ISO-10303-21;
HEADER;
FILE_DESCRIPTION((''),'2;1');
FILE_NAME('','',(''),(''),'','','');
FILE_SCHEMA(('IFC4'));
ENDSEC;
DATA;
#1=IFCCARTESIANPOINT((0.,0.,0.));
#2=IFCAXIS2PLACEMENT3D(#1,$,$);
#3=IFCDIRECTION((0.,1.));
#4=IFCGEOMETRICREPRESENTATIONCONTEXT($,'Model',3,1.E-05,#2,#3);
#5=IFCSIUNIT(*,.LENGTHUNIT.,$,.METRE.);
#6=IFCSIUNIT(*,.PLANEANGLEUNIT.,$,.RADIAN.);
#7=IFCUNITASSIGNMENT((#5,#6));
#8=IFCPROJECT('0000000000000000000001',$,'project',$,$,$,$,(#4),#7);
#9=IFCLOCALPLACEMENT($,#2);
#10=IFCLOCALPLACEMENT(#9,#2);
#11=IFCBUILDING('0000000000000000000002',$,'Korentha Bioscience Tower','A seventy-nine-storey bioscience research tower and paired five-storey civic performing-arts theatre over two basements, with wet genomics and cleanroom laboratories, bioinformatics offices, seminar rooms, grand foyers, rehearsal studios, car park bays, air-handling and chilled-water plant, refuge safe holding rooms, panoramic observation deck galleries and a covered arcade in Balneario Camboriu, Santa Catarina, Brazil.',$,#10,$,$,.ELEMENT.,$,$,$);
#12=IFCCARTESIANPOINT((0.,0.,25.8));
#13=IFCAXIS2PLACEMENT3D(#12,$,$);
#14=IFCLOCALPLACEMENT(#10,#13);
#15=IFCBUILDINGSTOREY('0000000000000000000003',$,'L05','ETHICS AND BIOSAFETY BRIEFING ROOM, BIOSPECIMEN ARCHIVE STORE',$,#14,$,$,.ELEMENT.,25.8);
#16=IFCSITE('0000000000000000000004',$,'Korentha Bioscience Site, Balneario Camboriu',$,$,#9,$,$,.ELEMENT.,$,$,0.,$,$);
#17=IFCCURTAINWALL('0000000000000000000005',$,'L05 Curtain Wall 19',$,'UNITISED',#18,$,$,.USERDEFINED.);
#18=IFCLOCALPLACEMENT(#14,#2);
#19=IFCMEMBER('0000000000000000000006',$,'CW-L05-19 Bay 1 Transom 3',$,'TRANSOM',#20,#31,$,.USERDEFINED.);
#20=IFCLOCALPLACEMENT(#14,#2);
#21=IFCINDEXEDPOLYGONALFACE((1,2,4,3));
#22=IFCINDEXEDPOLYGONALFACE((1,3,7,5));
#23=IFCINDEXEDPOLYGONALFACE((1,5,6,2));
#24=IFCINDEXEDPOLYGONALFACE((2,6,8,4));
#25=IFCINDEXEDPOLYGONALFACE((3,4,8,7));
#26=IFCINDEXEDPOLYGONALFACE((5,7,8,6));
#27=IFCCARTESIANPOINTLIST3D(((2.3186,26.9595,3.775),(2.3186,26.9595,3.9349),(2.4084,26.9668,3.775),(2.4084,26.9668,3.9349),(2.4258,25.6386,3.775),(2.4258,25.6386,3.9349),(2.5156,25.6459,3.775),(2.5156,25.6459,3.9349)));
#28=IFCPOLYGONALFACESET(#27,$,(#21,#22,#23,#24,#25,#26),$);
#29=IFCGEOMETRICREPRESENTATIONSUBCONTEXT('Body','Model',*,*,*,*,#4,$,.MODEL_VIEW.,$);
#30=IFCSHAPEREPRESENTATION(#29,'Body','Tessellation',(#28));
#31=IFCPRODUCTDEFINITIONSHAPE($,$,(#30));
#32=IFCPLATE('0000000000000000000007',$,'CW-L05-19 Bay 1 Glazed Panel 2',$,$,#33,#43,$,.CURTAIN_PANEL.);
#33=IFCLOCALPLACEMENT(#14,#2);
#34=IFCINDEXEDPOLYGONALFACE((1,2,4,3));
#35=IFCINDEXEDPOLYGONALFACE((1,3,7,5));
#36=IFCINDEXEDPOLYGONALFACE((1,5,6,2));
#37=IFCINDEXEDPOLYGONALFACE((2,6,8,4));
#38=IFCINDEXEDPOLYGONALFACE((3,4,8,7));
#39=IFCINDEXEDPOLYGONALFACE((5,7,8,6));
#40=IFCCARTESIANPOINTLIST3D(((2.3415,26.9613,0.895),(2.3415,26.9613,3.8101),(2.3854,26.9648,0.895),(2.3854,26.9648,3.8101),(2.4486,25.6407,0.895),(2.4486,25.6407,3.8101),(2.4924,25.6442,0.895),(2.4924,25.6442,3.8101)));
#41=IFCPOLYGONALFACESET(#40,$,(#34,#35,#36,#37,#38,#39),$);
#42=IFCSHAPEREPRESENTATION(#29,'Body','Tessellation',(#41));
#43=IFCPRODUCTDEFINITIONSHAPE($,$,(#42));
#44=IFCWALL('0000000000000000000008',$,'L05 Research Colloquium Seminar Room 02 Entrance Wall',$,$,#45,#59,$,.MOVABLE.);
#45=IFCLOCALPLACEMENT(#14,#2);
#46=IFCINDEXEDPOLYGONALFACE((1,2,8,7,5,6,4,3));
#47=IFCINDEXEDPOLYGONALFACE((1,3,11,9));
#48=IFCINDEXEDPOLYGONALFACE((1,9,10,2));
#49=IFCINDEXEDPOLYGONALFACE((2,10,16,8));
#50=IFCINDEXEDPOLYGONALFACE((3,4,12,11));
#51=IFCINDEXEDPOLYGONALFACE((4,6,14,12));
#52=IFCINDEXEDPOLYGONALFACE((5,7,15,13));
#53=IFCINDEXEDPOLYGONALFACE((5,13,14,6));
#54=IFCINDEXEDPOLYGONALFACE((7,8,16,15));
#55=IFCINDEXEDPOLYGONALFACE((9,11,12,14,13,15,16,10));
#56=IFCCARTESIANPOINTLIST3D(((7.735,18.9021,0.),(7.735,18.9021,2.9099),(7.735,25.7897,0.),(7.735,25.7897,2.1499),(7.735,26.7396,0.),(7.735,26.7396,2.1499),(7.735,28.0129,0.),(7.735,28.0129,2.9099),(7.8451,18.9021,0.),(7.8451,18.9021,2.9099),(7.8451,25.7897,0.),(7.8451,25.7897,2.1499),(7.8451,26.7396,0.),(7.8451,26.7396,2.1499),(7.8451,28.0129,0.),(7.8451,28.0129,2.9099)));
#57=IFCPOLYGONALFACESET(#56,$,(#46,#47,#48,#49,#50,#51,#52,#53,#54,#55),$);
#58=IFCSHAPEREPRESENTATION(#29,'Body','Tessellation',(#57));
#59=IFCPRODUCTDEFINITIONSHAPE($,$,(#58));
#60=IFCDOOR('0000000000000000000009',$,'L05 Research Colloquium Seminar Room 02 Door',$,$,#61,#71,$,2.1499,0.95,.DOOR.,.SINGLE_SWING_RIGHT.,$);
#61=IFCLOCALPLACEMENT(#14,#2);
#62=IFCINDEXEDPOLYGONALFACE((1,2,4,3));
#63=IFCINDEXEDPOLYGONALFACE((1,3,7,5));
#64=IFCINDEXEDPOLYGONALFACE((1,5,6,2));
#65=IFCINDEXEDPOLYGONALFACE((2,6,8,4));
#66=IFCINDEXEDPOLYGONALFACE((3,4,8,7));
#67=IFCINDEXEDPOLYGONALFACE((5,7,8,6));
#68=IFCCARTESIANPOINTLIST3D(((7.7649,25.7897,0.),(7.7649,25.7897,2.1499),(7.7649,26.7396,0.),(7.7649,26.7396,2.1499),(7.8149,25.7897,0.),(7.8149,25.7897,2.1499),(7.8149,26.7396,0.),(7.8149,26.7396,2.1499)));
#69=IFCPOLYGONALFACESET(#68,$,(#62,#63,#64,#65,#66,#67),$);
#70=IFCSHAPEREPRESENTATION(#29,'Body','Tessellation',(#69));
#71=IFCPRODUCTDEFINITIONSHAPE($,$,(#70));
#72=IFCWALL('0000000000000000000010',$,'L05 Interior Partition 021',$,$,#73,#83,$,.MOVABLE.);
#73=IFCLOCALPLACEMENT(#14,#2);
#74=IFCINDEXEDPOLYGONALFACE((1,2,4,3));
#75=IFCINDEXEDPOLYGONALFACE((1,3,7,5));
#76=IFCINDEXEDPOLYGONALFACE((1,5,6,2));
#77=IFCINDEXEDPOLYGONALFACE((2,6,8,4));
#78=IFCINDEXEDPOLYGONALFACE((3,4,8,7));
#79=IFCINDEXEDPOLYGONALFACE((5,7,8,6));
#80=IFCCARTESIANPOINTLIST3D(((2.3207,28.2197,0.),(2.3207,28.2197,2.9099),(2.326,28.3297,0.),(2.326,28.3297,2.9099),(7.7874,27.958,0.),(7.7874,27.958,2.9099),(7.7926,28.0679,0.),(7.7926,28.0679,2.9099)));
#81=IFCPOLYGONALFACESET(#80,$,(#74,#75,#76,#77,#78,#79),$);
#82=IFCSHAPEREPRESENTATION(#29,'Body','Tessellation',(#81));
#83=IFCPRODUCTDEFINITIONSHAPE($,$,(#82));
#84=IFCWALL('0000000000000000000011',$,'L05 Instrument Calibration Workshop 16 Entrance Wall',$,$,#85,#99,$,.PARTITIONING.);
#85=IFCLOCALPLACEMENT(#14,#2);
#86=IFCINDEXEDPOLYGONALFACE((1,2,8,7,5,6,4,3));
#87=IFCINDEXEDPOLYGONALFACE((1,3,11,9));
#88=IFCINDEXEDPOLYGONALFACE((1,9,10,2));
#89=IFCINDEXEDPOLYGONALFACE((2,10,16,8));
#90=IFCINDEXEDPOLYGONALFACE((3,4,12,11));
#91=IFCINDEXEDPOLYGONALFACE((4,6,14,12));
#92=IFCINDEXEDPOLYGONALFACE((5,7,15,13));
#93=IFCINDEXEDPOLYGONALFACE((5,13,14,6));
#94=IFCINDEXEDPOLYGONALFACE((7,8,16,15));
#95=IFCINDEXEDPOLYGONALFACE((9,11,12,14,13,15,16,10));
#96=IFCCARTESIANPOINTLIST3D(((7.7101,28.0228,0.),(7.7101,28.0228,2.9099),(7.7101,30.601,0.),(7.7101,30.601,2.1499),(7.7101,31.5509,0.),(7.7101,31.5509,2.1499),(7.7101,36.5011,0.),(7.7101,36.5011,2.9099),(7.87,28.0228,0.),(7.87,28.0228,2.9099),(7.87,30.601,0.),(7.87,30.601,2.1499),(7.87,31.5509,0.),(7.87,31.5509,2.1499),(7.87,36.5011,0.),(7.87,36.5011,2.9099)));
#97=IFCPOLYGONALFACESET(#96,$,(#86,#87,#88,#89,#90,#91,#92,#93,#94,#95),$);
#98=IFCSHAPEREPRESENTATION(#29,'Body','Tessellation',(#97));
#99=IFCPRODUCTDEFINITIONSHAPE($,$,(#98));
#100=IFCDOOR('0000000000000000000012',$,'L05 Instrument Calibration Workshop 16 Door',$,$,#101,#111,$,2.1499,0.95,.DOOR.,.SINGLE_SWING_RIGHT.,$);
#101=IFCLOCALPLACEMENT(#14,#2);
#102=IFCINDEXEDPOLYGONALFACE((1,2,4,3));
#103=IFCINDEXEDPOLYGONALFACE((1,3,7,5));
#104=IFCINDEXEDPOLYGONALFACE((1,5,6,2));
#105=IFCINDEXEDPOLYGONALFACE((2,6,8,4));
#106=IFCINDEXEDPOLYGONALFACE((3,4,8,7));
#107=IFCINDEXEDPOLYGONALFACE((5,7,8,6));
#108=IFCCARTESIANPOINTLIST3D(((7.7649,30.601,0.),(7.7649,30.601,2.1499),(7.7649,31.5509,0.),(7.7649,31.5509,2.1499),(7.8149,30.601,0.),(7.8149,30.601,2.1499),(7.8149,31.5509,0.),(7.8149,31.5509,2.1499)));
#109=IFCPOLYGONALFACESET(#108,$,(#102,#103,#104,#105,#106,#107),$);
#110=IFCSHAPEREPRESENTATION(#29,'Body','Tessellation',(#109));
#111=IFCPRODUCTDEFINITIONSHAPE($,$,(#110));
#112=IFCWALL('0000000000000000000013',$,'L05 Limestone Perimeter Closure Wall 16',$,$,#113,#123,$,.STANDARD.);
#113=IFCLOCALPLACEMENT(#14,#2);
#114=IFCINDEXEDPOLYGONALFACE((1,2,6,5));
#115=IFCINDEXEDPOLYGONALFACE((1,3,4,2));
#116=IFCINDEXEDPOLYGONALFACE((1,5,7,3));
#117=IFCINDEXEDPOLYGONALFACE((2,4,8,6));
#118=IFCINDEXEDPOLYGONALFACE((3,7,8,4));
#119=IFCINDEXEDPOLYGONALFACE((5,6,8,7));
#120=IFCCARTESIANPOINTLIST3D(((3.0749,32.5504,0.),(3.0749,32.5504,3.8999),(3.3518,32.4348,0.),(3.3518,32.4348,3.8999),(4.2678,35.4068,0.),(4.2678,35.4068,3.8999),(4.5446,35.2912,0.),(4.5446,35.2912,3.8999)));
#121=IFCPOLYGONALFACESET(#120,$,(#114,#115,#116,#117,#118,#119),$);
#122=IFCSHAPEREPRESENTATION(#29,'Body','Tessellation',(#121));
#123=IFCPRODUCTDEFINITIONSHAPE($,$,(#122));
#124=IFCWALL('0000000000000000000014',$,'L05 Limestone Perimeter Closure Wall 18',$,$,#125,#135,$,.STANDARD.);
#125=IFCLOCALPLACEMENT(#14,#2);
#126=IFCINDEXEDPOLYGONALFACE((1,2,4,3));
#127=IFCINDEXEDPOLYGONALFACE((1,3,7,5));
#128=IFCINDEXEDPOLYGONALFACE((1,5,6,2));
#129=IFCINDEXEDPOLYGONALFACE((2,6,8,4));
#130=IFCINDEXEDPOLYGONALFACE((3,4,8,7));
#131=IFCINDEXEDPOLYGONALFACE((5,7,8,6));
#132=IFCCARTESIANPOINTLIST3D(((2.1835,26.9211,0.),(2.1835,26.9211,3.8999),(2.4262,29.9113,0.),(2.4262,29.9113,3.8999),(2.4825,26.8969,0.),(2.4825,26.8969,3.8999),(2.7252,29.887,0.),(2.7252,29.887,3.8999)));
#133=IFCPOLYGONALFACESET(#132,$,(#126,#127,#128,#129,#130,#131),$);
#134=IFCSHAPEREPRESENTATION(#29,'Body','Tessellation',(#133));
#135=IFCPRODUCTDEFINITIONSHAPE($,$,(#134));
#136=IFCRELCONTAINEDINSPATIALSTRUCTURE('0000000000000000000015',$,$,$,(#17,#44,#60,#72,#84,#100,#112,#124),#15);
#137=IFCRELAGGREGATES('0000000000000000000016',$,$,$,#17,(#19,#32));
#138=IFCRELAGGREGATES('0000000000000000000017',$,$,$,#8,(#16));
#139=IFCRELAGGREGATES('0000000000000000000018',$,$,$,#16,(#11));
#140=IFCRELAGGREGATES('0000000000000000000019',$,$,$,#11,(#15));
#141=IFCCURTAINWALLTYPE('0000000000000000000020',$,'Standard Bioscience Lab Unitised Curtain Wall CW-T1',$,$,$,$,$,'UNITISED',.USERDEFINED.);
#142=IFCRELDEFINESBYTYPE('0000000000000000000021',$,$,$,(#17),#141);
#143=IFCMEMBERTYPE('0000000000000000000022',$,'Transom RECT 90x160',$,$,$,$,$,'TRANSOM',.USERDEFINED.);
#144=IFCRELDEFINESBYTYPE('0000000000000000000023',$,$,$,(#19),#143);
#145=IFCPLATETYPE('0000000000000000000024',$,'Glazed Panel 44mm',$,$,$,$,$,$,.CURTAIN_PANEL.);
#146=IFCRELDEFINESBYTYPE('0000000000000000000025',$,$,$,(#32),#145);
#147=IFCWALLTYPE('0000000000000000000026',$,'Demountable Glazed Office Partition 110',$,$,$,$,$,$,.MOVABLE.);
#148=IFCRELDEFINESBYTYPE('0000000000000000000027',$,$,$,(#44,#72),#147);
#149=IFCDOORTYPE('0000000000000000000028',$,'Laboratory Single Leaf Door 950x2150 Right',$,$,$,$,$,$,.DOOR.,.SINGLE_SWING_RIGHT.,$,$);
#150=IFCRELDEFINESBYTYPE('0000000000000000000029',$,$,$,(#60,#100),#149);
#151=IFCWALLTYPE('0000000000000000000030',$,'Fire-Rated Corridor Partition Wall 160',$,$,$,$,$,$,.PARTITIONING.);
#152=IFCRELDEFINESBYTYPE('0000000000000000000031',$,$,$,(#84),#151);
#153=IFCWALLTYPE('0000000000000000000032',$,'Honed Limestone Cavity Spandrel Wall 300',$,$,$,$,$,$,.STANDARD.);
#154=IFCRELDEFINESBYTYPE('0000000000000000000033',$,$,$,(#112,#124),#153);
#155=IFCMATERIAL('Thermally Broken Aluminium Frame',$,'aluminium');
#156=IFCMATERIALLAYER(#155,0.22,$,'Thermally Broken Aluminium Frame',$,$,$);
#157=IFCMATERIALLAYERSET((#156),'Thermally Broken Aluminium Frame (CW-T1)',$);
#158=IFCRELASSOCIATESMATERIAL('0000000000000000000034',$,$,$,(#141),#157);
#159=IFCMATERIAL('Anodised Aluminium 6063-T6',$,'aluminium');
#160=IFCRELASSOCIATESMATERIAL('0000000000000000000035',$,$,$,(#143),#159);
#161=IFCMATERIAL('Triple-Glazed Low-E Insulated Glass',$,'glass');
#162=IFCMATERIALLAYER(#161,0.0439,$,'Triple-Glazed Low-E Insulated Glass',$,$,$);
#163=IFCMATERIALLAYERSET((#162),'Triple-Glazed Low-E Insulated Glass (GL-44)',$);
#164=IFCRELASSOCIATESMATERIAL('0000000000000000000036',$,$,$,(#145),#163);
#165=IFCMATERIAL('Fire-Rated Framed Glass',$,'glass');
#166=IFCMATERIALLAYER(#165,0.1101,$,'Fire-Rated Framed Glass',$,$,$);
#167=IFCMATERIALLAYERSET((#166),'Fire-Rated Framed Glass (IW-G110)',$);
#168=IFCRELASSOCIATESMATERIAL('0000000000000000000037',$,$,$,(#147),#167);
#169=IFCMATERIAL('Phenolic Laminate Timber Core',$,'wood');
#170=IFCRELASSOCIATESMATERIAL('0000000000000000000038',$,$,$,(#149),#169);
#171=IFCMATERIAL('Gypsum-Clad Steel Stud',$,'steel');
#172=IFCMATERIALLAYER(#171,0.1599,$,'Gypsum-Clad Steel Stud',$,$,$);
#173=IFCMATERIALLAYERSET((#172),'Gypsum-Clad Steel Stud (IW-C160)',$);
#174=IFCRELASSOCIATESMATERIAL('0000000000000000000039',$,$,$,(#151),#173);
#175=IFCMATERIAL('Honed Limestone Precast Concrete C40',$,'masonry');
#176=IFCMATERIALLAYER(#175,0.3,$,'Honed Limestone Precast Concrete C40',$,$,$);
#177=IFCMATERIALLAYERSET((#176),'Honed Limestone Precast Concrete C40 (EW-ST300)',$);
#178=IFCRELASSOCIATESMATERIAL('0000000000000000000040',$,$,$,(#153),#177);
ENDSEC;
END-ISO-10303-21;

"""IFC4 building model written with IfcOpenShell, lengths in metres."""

from ifc_helpers import new_model, si_unit, direction, frame, frame_2d, origin, origin_2d, place, context, subcontext, project, spatial, rectangle, extrude, material, layer, layer_set, material_profile, profile_set, type_object, element, fill, aggregate, save


model = new_model("IFC4")

# Units and contexts
model_context = context("Model", 3, precision=1e-05, world=origin(), true_north=direction((0.0, 1.0)))
body_context = subcontext(model_context, "Body", "Model", "MODEL_VIEW")
ifc_project = project(units=[si_unit("LENGTHUNIT", "METRE"), si_unit("PLANEANGLEUNIT", "RADIAN")], contexts=[model_context])

# Site, building, storey
site_placement = place(None, origin())
site = spatial("IfcSite", under=ifc_project, at=site_placement, Name="Korentha Bioscience Site, Balneario Camboriu", CompositionType="ELEMENT", RefElevation=0.0)
building_placement = place(site_placement, origin())
building = spatial("IfcBuilding", under=site, at=building_placement, Name="Korentha Bioscience Tower", Description="A seventy-nine-storey bioscience research tower and paired five-storey civic performing-arts theatre over two basements, with wet genomics and cleanroom laboratories, bioinformatics offices, seminar rooms, grand foyers, rehearsal studios, car park bays, air-handling and chilled-water plant, refuge safe holding rooms, panoramic observation deck galleries and a covered arcade in Balneario Camboriu, Santa Catarina, Brazil.", CompositionType="ELEMENT")
storey_placement = place(building_placement, frame((0.0, 0.0, 25.8)))
storey = spatial("IfcBuildingStorey", under=building, at=storey_placement, Name="L05", Description="ETHICS AND BIOSAFETY BRIEFING ROOM, BIOSPECIMEN ARCHIVE STORE", CompositionType="ELEMENT", Elevation=25.8)

# Curtain wall
ifc_material_1 = material(Name="Thermally Broken Aluminium Frame", Category="aluminium")
ifc_layer_1 = layer(ifc_material_1, 0.22, Name="Thermally Broken Aluminium Frame")
ifc_layer_set_1 = layer_set([ifc_layer_1], Name="Thermally Broken Aluminium Frame (CW-T1)")
curtain_wall_type = type_object("IfcCurtainWallType", Name="Standard Bioscience Lab Unitised Curtain Wall CW-T1", ElementType="UNITISED", PredefinedType="USERDEFINED", material=ifc_layer_set_1)
curtain_wall_placement = place(storey_placement, origin())
curtain_wall = element("IfcCurtainWall", 1, at=curtain_wall_placement, inside=storey, type_object=curtain_wall_type, Name="L05 Curtain Wall 19", ObjectType="UNITISED", PredefinedType="USERDEFINED")
ifc_material_2 = material(Name="Anodised Aluminium 6063-T6", Category="aluminium")

# Member
ifc_material_profile_1 = material_profile(ifc_material_2, rectangle(XDim=0.0901, YDim=0.1599, at=origin_2d()), Name="Anodised Aluminium 6063-T6")
ifc_profile_set_1 = profile_set([ifc_material_profile_1], Name="Anodised Aluminium 6063-T6 (CW-TRN)")
member_type_1 = type_object("IfcMemberType", Name="Transom RECT 90x160", ElementType="TRANSOM", PredefinedType="USERDEFINED", material=ifc_profile_set_1)
member_1_placement = place(storey_placement, frame((2.3635, 26.9631, 3.855), z_axis=(0.08088, -0.996724, 0.0), x_axis=(0.996724, 0.08088, 0.0)))
member_1 = element("IfcMember", 2, at=member_1_placement, type_object=member_type_1, Name="CW-L05-19 Bay 1 Transom 3", ObjectType="TRANSOM", PredefinedType="USERDEFINED", context=body_context, shape_type="SweptSolid", body=[
    extrude(rectangle(XDim=0.0901, YDim=0.1599, at=origin_2d()), origin(), (0.0, 0.0, 1.0), 1.3252),
])

# Plate
ifc_material_3 = material(Name="Triple-Glazed Low-E Insulated Glass", Category="glass")
ifc_layer_2 = layer(ifc_material_3, 0.0439, Name="Triple-Glazed Low-E Insulated Glass")
ifc_layer_set_2 = layer_set([ifc_layer_2], Name="Triple-Glazed Low-E Insulated Glass (GL-44)")
plate_type = type_object("IfcPlateType", Name="Glazed Panel 44mm", PredefinedType="CURTAIN_PANEL", material=ifc_layer_set_2)
plate_placement = place(storey_placement, frame((2.417, 26.3027, 0.895), z_axis=(0.0, 0.0, 1.0), x_axis=(0.08082, -0.996729, 0.0)))
plate = element("IfcPlate", 3, at=plate_placement, type_object=plate_type, Name="CW-L05-19 Bay 1 Glazed Panel 2", PredefinedType="CURTAIN_PANEL", context=body_context, shape_type="SweptSolid", body=[
    extrude(rectangle(XDim=1.325, YDim=0.0439, at=origin_2d()), origin(), (0.0, 0.0, 1.0), 2.915),
])
aggregate(curtain_wall, [member_1, plate])

# Wall, opening, door
ifc_material_4 = material(Name="Fire-Rated Framed Glass", Category="glass")
ifc_layer_3 = layer(ifc_material_4, 0.1101, Name="Fire-Rated Framed Glass")
ifc_layer_set_3 = layer_set([ifc_layer_3], Name="Fire-Rated Framed Glass (IW-G110)")
wall_type_1 = type_object("IfcWallType", Name="Demountable Glazed Office Partition 110", PredefinedType="MOVABLE", material=ifc_layer_set_3)
wall_1_placement = place(storey_placement, frame((7.79, 28.0129, 0.0), z_axis=(0.0, 0.0, 1.0), x_axis=(0.0, -1.0, 0.0)))
wall_1 = element("IfcWall", 4, at=wall_1_placement, inside=storey, type_object=wall_type_1, Name="L05 Research Colloquium Seminar Room 02 Entrance Wall", PredefinedType="MOVABLE", context=body_context, shape_type="SweptSolid", body=[
    extrude(rectangle(XDim=9.1108, YDim=0.1101, at=frame_2d((4.5554, 0.0))), origin(), (0.0, 0.0, 1.0), 2.9099),
])
opening_1_placement = place(wall_1_placement, frame((1.2732, 0.0, 0.0)))
opening_1 = element("IfcOpeningElement", 5, at=opening_1_placement, cuts=wall_1, PredefinedType="OPENING", context=body_context, shape_type="SweptSolid", body=[
    extrude(rectangle(XDim=0.95, YDim=2.1499, at=frame_2d((0.4751, 1.075))), frame((0.0, 0.0698, 0.0), z_axis=(0.0, -1.0, 0.0), x_axis=(1.0, 0.0, 0.0)), (0.0, 0.0, 1.0), 0.1399),
])
ifc_material_5 = material(Name="Phenolic Laminate Timber Core", Category="wood")
door_type_1 = type_object("IfcDoorType", Name="Laboratory Single Leaf Door 950x2150 Right", OperationType="SINGLE_SWING_RIGHT", PredefinedType="DOOR", material=ifc_material_5)
door_1_placement = place(opening_1_placement, origin())
door_1 = element("IfcDoor", 6, at=door_1_placement, inside=storey, type_object=door_type_1, Name="L05 Research Colloquium Seminar Room 02 Door", OperationType="SINGLE_SWING_RIGHT", OverallHeight=2.1499, OverallWidth=0.95, PredefinedType="DOOR", context=body_context, shape_type="SweptSolid", body=[
    extrude(rectangle(XDim=0.95, YDim=2.1499, at=frame_2d((0.4751, 1.075))), frame((0.0, 0.0249, 0.0), z_axis=(0.0, -1.0, 0.0), x_axis=(1.0, 0.0, 0.0)), (0.0, 0.0, 1.0), 0.05),
])
fill(opening_1, door_1)

# Wall
wall_2_placement = place(storey_placement, frame((2.3235, 28.2747, 0.0), z_axis=(0.0, 0.0, 1.0), x_axis=(0.998856, -0.047822, 0.0)))
element("IfcWall", 7, at=wall_2_placement, inside=storey, type_object=wall_type_1, Name="L05 Interior Partition 021", PredefinedType="MOVABLE", context=body_context, shape_type="SweptSolid", body=[
    extrude(rectangle(XDim=5.4729, YDim=0.1101, at=frame_2d((2.7363, 0.0))), origin(), (0.0, 0.0, 1.0), 2.9099),
])

# Wall, opening, door
ifc_material_6 = material(Name="Gypsum-Clad Steel Stud", Category="steel")
ifc_layer_4 = layer(ifc_material_6, 0.1599, Name="Gypsum-Clad Steel Stud")
ifc_layer_set_4 = layer_set([ifc_layer_4], Name="Gypsum-Clad Steel Stud (IW-C160)")
wall_type_2 = type_object("IfcWallType", Name="Fire-Rated Corridor Partition Wall 160", PredefinedType="PARTITIONING", material=ifc_layer_set_4)
wall_3_placement = place(storey_placement, frame((7.79, 36.5012, 0.0), z_axis=(0.0, 0.0, 1.0), x_axis=(0.0, -1.0, 0.0)))
wall_3 = element("IfcWall", 8, at=wall_3_placement, inside=storey, type_object=wall_type_2, Name="L05 Instrument Calibration Workshop 16 Entrance Wall", PredefinedType="PARTITIONING", context=body_context, shape_type="SweptSolid", body=[
    extrude(rectangle(XDim=8.4783, YDim=0.1599, at=frame_2d((4.2393, 0.0))), origin(), (0.0, 0.0, 1.0), 2.9099),
])
opening_2_placement = place(wall_3_placement, frame((4.9502, 0.0, 0.0)))
opening_2 = element("IfcOpeningElement", 9, at=opening_2_placement, cuts=wall_3, PredefinedType="OPENING", context=body_context, shape_type="SweptSolid", body=[
    extrude(rectangle(XDim=0.95, YDim=2.1499, at=frame_2d((0.4751, 1.075))), frame((0.0, 0.0947, 0.0), z_axis=(0.0, -1.0, 0.0), x_axis=(1.0, 0.0, 0.0)), (0.0, 0.0, 1.0), 0.1897),
])
door_2_placement = place(opening_2_placement, origin())
door_2 = element("IfcDoor", 10, at=door_2_placement, inside=storey, type_object=door_type_1, Name="L05 Instrument Calibration Workshop 16 Door", OperationType="SINGLE_SWING_RIGHT", OverallHeight=2.1499, OverallWidth=0.95, PredefinedType="DOOR", context=body_context, shape_type="SweptSolid", body=[
    extrude(rectangle(XDim=0.95, YDim=2.1499, at=frame_2d((0.4751, 1.075))), frame((0.0, 0.0249, 0.0), z_axis=(0.0, -1.0, 0.0), x_axis=(1.0, 0.0, 0.0)), (0.0, 0.0, 1.0), 0.05),
])
fill(opening_2, door_2)
ifc_material_7 = material(Name="Honed Limestone Precast Concrete C40", Category="masonry")
ifc_layer_5 = layer(ifc_material_7, 0.3, Name="Honed Limestone Precast Concrete C40")
ifc_layer_set_5 = layer_set([ifc_layer_5], Name="Honed Limestone Precast Concrete C40 (EW-ST300)")
wall_type_3 = type_object("IfcWallType", Name="Honed Limestone Cavity Spandrel Wall 300", PredefinedType="STANDARD", material=ifc_layer_set_5)

# Walls
wall_4_placement = place(storey_placement, frame((4.4062, 35.3491, 0.0), z_axis=(0.0, 0.0, 1.0), x_axis=(-0.385354, -0.922769, 0.0)))
element("IfcWall", 11, at=wall_4_placement, inside=storey, type_object=wall_type_3, Name="L05 Limestone Perimeter Closure Wall 16", PredefinedType="STANDARD", context=body_context, shape_type="SweptSolid", body=[
    extrude(rectangle(XDim=3.0955, YDim=0.3, at=frame_2d((1.5479, 0.0))), origin(), (0.0, 0.0, 1.0), 3.8999),
])
wall_5_placement = place(storey_placement, frame((2.5757, 29.8992, 0.0), z_axis=(0.0, 0.0, 1.0), x_axis=(-0.08089, -0.996723, 0.0)))
element("IfcWall", 12, at=wall_5_placement, inside=storey, type_object=wall_type_3, Name="L05 Limestone Perimeter Closure Wall 18", PredefinedType="STANDARD", context=body_context, shape_type="SweptSolid", body=[
    extrude(rectangle(XDim=3.0, YDim=0.3, at=frame_2d((1.5, 0.0))), origin(), (0.0, 0.0, 1.0), 3.8999),
])

save(model, "model.ifc")
